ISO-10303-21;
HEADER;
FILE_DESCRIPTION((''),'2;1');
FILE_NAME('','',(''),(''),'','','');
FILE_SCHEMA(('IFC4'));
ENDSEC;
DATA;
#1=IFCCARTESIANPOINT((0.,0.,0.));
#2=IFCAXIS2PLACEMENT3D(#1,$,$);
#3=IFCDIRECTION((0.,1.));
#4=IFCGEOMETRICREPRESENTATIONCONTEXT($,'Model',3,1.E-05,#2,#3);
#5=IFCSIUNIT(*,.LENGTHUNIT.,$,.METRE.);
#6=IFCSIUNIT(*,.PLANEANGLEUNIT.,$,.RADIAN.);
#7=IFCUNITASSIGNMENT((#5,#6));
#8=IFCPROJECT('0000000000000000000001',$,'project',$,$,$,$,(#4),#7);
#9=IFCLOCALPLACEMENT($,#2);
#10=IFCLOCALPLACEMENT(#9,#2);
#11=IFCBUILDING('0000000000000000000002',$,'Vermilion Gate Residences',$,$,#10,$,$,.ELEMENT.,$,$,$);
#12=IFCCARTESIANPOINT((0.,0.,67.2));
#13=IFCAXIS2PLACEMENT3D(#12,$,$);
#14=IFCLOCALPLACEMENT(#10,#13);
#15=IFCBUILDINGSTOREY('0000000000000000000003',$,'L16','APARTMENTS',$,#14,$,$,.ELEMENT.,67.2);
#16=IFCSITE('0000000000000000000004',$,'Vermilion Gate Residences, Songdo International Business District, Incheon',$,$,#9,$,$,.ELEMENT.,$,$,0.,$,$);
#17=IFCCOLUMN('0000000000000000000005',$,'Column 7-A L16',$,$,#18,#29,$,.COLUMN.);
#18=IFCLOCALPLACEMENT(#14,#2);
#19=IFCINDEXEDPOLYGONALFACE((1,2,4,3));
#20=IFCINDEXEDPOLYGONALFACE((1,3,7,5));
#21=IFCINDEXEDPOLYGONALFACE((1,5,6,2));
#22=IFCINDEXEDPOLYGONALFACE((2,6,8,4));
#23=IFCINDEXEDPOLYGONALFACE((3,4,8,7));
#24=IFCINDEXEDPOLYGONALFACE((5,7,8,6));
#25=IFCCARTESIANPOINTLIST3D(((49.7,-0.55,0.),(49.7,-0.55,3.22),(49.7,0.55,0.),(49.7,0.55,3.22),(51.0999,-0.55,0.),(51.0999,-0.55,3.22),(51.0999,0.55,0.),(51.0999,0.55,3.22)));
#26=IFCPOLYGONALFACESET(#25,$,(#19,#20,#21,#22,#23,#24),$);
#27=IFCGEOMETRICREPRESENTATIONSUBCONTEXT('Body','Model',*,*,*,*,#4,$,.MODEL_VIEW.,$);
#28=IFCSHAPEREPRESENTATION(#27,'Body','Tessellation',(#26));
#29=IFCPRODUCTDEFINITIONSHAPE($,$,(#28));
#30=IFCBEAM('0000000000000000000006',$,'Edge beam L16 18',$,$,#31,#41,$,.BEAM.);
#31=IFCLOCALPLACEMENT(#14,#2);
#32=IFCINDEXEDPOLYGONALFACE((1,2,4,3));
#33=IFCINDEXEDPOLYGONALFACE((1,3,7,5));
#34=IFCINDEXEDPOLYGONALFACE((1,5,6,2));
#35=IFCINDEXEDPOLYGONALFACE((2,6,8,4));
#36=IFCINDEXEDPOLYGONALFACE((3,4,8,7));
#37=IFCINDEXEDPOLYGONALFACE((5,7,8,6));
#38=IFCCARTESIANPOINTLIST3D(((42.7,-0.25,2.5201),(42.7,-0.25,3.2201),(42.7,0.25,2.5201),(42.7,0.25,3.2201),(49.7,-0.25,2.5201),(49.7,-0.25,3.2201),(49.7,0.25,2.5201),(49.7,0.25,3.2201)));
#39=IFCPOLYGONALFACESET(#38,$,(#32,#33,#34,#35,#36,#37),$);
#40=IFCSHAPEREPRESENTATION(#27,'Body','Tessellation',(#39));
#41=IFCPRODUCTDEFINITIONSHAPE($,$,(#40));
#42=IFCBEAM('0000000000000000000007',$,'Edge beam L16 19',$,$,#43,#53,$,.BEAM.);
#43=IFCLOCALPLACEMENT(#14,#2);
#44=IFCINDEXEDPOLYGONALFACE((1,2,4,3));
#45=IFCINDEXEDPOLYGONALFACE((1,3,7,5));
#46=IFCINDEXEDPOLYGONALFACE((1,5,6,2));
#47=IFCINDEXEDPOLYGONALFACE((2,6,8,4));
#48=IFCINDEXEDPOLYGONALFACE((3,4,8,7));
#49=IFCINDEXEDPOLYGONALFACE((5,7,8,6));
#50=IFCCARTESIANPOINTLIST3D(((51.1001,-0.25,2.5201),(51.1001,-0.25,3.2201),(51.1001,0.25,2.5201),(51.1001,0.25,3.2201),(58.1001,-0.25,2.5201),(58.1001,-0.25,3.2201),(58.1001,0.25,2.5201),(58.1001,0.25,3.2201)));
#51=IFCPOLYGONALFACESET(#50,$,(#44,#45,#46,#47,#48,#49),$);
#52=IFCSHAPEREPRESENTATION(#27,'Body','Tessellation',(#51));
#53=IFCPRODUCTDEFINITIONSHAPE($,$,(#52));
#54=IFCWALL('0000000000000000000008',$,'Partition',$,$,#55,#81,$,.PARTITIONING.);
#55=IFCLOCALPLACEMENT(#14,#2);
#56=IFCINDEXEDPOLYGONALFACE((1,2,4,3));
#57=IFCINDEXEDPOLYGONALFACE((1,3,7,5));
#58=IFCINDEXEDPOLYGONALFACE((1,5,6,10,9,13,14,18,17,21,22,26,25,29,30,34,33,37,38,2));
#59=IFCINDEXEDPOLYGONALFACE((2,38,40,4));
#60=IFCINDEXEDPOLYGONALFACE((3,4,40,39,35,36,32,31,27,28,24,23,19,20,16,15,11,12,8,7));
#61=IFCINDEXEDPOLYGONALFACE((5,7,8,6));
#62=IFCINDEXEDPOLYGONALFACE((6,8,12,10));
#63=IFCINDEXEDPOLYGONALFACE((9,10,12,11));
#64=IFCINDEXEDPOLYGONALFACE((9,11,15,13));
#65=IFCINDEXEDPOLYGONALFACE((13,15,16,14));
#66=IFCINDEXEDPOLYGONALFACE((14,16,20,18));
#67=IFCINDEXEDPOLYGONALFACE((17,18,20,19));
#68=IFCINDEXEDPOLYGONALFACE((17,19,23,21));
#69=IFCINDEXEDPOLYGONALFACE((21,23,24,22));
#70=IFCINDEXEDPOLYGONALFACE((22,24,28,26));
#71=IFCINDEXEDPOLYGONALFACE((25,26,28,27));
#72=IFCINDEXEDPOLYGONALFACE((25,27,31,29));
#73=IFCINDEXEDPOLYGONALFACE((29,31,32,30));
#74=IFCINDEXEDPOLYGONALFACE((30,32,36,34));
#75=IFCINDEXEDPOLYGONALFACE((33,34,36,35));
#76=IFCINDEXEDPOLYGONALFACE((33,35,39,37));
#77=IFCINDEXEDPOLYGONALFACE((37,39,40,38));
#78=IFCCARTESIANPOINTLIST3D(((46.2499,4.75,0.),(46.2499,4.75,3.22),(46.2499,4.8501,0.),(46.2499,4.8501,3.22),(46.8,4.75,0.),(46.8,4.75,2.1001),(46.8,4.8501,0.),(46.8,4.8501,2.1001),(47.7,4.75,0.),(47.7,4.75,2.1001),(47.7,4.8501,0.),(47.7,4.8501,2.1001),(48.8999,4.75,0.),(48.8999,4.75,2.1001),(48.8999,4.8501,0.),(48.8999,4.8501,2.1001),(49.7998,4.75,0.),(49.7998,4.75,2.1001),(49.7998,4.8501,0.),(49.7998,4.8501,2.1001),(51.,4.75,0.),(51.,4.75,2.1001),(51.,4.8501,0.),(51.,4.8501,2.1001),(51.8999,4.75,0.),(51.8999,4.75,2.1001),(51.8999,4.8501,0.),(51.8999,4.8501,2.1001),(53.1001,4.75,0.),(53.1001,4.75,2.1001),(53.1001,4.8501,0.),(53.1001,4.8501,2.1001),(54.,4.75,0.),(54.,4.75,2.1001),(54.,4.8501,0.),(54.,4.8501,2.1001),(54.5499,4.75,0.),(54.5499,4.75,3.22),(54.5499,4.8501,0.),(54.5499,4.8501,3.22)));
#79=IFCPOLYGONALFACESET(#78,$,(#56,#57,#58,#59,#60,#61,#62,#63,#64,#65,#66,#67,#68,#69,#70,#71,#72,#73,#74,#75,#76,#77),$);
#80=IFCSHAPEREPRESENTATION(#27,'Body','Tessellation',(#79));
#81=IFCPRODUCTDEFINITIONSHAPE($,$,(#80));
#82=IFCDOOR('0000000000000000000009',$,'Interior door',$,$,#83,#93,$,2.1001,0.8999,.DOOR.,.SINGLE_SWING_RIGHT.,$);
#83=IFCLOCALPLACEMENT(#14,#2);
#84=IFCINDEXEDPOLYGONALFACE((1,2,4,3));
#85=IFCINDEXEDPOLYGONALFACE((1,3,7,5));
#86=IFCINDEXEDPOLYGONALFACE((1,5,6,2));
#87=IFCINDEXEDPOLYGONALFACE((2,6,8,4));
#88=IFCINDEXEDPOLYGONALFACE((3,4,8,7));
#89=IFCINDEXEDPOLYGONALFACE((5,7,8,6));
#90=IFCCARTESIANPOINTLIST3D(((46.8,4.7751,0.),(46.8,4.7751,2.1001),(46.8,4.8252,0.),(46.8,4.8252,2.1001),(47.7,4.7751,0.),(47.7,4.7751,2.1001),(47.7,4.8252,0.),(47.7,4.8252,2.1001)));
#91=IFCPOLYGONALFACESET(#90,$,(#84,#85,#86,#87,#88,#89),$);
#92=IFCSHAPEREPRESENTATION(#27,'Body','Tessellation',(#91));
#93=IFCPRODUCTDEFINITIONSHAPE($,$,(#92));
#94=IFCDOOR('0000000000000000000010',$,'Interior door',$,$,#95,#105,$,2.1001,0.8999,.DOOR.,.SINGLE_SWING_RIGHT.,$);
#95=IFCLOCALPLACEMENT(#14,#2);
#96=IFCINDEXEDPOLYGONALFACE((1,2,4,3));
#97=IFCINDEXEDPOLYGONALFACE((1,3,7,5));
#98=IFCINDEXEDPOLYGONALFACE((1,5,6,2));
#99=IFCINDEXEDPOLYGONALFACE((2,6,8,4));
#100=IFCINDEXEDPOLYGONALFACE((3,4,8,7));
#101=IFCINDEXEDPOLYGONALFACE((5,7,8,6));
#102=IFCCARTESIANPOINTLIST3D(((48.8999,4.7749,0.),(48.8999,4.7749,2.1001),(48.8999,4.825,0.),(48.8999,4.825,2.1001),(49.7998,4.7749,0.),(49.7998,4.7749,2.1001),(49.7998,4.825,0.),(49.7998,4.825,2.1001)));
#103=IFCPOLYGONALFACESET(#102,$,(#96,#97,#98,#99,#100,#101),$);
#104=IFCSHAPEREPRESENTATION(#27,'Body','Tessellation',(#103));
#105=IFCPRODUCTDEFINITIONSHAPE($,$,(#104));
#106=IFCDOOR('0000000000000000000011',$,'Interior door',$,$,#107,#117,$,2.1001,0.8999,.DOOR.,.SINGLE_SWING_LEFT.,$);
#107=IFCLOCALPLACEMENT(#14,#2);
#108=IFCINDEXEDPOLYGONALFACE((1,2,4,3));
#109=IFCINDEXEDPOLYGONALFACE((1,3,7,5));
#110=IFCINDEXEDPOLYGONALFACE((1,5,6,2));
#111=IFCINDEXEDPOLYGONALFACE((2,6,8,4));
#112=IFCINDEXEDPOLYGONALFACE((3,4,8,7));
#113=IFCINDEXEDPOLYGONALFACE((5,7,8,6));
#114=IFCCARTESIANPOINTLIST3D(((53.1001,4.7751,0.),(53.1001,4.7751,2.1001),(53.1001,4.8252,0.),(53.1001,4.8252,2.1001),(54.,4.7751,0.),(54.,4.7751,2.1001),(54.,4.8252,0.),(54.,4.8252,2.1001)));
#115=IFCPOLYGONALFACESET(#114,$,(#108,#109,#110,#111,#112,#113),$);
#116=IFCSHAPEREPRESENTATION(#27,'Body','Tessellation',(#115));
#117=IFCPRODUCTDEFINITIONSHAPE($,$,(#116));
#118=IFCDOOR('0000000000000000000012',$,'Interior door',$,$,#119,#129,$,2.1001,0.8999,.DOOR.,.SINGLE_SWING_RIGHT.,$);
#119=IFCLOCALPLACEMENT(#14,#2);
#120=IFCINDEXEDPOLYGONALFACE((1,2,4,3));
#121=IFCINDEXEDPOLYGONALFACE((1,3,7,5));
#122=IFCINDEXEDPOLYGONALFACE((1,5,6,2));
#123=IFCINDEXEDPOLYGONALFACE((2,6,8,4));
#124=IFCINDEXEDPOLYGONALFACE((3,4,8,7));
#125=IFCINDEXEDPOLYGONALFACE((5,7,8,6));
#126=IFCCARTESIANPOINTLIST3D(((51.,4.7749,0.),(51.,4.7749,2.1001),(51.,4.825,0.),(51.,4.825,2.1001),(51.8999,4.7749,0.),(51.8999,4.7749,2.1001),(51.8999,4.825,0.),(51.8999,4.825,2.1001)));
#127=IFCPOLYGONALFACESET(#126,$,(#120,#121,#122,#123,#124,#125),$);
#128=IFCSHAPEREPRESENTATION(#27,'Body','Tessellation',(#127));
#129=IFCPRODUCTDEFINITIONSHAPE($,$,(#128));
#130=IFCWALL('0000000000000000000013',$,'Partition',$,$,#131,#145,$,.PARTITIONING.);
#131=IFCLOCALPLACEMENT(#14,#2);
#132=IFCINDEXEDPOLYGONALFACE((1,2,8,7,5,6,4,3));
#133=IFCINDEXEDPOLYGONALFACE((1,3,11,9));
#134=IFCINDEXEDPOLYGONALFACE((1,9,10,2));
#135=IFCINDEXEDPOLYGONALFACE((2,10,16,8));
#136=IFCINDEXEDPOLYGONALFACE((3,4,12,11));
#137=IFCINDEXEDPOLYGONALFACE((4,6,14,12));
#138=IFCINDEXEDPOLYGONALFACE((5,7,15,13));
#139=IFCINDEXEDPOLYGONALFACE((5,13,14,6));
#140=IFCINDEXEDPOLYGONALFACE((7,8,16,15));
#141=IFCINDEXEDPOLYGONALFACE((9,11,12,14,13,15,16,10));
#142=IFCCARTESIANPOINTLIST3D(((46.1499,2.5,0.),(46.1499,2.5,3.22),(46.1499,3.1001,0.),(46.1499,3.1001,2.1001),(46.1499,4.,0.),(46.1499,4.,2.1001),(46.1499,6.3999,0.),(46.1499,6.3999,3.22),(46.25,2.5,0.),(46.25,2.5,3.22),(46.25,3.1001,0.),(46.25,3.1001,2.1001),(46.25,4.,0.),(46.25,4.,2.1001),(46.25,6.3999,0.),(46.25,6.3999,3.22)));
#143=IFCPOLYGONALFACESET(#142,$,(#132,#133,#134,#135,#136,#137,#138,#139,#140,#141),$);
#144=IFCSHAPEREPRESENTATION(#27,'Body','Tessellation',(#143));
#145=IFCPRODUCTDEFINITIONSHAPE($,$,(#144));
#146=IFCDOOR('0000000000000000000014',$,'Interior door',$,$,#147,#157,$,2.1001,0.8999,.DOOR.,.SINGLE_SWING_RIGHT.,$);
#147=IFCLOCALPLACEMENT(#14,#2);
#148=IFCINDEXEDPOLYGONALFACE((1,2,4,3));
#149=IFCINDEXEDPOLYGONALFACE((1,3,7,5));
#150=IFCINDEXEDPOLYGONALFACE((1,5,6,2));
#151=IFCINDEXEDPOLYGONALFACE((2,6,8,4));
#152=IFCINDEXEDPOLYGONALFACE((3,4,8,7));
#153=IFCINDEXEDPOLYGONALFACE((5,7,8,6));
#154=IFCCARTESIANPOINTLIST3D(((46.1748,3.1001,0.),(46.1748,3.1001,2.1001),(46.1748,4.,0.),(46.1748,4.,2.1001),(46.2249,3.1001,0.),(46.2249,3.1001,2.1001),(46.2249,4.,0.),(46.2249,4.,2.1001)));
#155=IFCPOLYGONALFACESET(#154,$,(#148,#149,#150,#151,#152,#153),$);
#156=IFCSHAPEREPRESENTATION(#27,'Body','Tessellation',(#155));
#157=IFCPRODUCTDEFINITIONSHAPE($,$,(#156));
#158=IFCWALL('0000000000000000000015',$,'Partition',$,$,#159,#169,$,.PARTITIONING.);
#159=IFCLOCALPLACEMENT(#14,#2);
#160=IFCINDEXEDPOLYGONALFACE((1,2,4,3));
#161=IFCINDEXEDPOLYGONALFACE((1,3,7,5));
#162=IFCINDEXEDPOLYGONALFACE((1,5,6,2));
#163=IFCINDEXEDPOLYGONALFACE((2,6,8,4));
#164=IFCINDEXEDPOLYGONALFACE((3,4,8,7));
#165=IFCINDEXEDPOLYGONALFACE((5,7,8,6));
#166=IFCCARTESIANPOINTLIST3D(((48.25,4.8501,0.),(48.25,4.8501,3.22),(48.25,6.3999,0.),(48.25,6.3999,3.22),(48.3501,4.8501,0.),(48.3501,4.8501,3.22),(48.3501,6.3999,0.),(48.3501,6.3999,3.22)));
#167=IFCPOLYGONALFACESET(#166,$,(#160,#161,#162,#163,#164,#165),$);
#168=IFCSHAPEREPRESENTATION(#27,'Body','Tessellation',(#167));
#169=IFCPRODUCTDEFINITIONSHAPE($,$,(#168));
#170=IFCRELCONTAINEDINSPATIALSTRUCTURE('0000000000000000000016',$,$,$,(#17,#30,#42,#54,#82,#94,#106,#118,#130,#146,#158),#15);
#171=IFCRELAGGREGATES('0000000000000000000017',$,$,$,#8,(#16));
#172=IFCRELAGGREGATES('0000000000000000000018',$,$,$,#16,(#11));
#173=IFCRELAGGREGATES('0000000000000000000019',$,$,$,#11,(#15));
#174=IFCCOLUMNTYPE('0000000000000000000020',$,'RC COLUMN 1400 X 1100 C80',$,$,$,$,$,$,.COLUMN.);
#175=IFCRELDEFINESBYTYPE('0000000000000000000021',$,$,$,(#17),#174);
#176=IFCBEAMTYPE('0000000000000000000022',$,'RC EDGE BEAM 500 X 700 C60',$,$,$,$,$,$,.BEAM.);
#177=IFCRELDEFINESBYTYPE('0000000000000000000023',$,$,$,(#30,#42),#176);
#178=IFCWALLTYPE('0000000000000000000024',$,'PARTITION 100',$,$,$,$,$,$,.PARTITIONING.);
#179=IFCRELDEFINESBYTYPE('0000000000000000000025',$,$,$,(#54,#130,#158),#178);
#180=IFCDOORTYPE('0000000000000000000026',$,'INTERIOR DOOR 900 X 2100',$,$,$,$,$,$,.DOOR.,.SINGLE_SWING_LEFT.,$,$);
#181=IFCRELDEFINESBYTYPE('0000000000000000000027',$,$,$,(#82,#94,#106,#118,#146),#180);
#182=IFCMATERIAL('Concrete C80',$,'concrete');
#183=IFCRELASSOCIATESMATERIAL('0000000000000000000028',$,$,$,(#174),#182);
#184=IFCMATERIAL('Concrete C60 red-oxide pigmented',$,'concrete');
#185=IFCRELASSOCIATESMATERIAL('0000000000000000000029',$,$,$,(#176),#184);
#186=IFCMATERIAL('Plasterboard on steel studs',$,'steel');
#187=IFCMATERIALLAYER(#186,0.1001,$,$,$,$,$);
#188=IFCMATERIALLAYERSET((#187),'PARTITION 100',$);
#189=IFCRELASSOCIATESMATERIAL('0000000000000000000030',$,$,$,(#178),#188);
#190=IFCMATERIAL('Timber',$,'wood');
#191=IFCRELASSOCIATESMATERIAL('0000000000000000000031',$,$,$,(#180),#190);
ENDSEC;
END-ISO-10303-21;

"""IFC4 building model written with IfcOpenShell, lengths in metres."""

from ifc_helpers import new_model, si_unit, direction, frame, frame_2d, origin, origin_2d, place, context, subcontext, project, spatial, rectangle, extrude, material, layer, layer_set, material_profile, profile_set, type_object, element, fill, save


model = new_model("IFC4")

# Units and contexts
model_context = context("Model", 3, precision=1e-05, world=origin(), true_north=direction((0.0, 1.0)))
body_context = subcontext(model_context, "Body", "Model", "MODEL_VIEW")
ifc_project = project(units=[si_unit("LENGTHUNIT", "METRE"), si_unit("PLANEANGLEUNIT", "RADIAN")], contexts=[model_context])

# Site, building, storey
site_placement = place(None, origin())
site = spatial("IfcSite", under=ifc_project, at=site_placement, Name="Vermilion Gate Residences, Songdo International Business District, Incheon", CompositionType="ELEMENT", RefElevation=0.0)
building_placement = place(site_placement, origin())
building = spatial("IfcBuilding", under=site, at=building_placement, Name="Vermilion Gate Residences", CompositionType="ELEMENT")
storey_placement = place(building_placement, frame((0.0, 0.0, 67.2)))
storey = spatial("IfcBuildingStorey", under=building, at=storey_placement, Name="L16", Description="APARTMENTS", CompositionType="ELEMENT", Elevation=67.2)

# Column
ifc_material_1 = material(Name="Concrete C80", Category="concrete")
ifc_material_profile_1 = material_profile(ifc_material_1, rectangle(XDim=1.3999, YDim=1.1001, at=origin_2d()), Name="RC-1400x1100")
ifc_profile_set_1 = profile_set([ifc_material_profile_1], Name="Concrete C80")
column_type = type_object("IfcColumnType", Name="RC COLUMN 1400 X 1100 C80", PredefinedType="COLUMN", material=ifc_profile_set_1)
column_placement = place(storey_placement, frame((50.3999, 0.0, 0.0), z_axis=(0.0, 0.0, 1.0), x_axis=(1.0, 0.0, 0.0)))
element("IfcColumn", 1, at=column_placement, inside=storey, type_object=column_type, Name="Column 7-A L16", PredefinedType="COLUMN", context=body_context, shape_type="SweptSolid", body=[
    extrude(rectangle(XDim=1.3999, YDim=1.1001, at=origin_2d()), origin(), (0.0, 0.0, 1.0), 3.22),
])

# Beams
ifc_material_2 = material(Name="Concrete C60 red-oxide pigmented", Category="concrete")
ifc_material_profile_2 = material_profile(ifc_material_2, rectangle(XDim=0.5, YDim=0.7, at=origin_2d()), Name="RC-500x700")
ifc_profile_set_2 = profile_set([ifc_material_profile_2], Name="Concrete C60 red-oxide pigmented")
beam_type = type_object("IfcBeamType", Name="RC EDGE BEAM 500 X 700 C60", PredefinedType="BEAM", material=ifc_profile_set_2)
for number, where, z_axis, x_axis, name in (
    (2, (42.7, 0.0, 2.8701), (1.0, 0.0, 0.0), (0.0, 1.0, 0.0), "Edge beam L16 18"),
    (3, (51.1001, 0.0, 2.8701), (1.0, 0.0, 0.0), (0.0, 1.0, 0.0), "Edge beam L16 19"),
):
    element("IfcBeam", number, at=place(storey_placement, frame(where, z_axis=z_axis, x_axis=x_axis)), inside=storey, type_object=beam_type, Name=name, PredefinedType="BEAM", context=body_context, shape_type="SweptSolid", body=[
        extrude(rectangle(XDim=0.5, YDim=0.7, at=origin_2d()), origin(), (0.0, 0.0, 1.0), 7.0),
    ])

# Wall, openings, doors
ifc_material_3 = material(Name="Plasterboard on steel studs", Category="steel")
ifc_layer_1 = layer(ifc_material_3, 0.1001)
ifc_layer_set_1 = layer_set([ifc_layer_1], Name="PARTITION 100")
wall_type_1 = type_object("IfcWallType", Name="PARTITION 100", PredefinedType="PARTITIONING", material=ifc_layer_set_1)
wall_1_placement = place(storey_placement, frame((46.25, 4.8, 0.0), z_axis=(0.0, 0.0, 1.0), x_axis=(1.0, 0.0, 0.0)))
wall_1 = element("IfcWall", 4, at=wall_1_placement, inside=storey, type_object=wall_type_1, Name="Partition", PredefinedType="PARTITIONING", context=body_context, shape_type="SweptSolid", body=[
    extrude(rectangle(XDim=8.3, YDim=0.1001, at=frame_2d((4.1499, 0.0))), origin(), (0.0, 0.0, 1.0), 3.22),
])
opening_1_placement = place(wall_1_placement, frame((0.55, 0.0, 0.0)))
opening_1 = element("IfcOpeningElement", 5, at=opening_1_placement, cuts=wall_1, PredefinedType="OPENING", context=body_context, shape_type="SweptSolid", body=[
    extrude(rectangle(XDim=0.8999, YDim=2.1001, at=frame_2d((0.45, 1.05))), frame((0.0, 0.0601, 0.0), z_axis=(0.0, -1.0, 0.0), x_axis=(1.0, 0.0, 0.0)), (0.0, 0.0, 1.0), 0.1201),
])
opening_2_placement = place(wall_1_placement, frame((2.6499, 0.0, 0.0)))
opening_2 = element("IfcOpeningElement", 6, at=opening_2_placement, cuts=wall_1, PredefinedType="OPENING", context=body_context, shape_type="SweptSolid", body=[
    extrude(rectangle(XDim=0.8999, YDim=2.1001, at=frame_2d((0.45, 1.05))), frame((0.0, 0.0601, 0.0), z_axis=(0.0, -1.0, 0.0), x_axis=(1.0, 0.0, 0.0)), (0.0, 0.0, 1.0), 0.1201),
])
opening_3_placement = place(wall_1_placement, frame((6.8501, 0.0, 0.0)))
opening_3 = element("IfcOpeningElement", 7, at=opening_3_placement, cuts=wall_1, PredefinedType="OPENING", context=body_context, shape_type="SweptSolid", body=[
    extrude(rectangle(XDim=0.8999, YDim=2.1001, at=frame_2d((0.45, 1.05))), frame((0.0, 0.0601, 0.0), z_axis=(0.0, -1.0, 0.0), x_axis=(1.0, 0.0, 0.0)), (0.0, 0.0, 1.0), 0.1201),
])
opening_4_placement = place(wall_1_placement, frame((4.75, 0.0, 0.0)))
opening_4 = element("IfcOpeningElement", 8, at=opening_4_placement, cuts=wall_1, PredefinedType="OPENING", context=body_context, shape_type="SweptSolid", body=[
    extrude(rectangle(XDim=0.8999, YDim=2.1001, at=frame_2d((0.45, 1.05))), frame((0.0, 0.0601, 0.0), z_axis=(0.0, -1.0, 0.0), x_axis=(1.0, 0.0, 0.0)), (0.0, 0.0, 1.0), 0.1201),
])
ifc_material_4 = material(Name="Timber", Category="wood")
door_type = type_object("IfcDoorType", Name="INTERIOR DOOR 900 X 2100", OperationType="SINGLE_SWING_LEFT", PredefinedType="DOOR", material=ifc_material_4)
door_1_placement = place(opening_1_placement, frame((0.8999, 0.0, 0.0), z_axis=(0.0, 0.0, 1.0), x_axis=(-1.0, 0.0, 0.0)))
door_1 = element("IfcDoor", 9, at=door_1_placement, inside=storey, type_object=door_type, Name="Interior door", OperationType="SINGLE_SWING_RIGHT", OverallHeight=2.1001, OverallWidth=0.8999, PredefinedType="DOOR", context=body_context, shape_type="SweptSolid", body=[
    extrude(rectangle(XDim=0.8999, YDim=2.1001, at=frame_2d((0.45, 1.05))), frame((0.0, 0.0249, 0.0), z_axis=(0.0, -1.0, 0.0), x_axis=(1.0, 0.0, 0.0)), (0.0, 0.0, 1.0), 0.05),
])
fill(opening_1, door_1)
door_2_placement = place(opening_2_placement, origin())
door_2 = element("IfcDoor", 10, at=door_2_placement, inside=storey, type_object=door_type, Name="Interior door", OperationType="SINGLE_SWING_RIGHT", OverallHeight=2.1001, OverallWidth=0.8999, PredefinedType="DOOR", context=body_context, shape_type="SweptSolid", body=[
    extrude(rectangle(XDim=0.8999, YDim=2.1001, at=frame_2d((0.45, 1.05))), frame((0.0, 0.0249, 0.0), z_axis=(0.0, -1.0, 0.0), x_axis=(1.0, 0.0, 0.0)), (0.0, 0.0, 1.0), 0.05),
])
fill(opening_2, door_2)
door_3_placement = place(opening_3_placement, frame((0.8999, 0.0, 0.0), z_axis=(0.0, 0.0, 1.0), x_axis=(-1.0, 0.0, 0.0)))
door_3 = element("IfcDoor", 11, at=door_3_placement, inside=storey, type_object=door_type, Name="Interior door", OperationType="SINGLE_SWING_LEFT", OverallHeight=2.1001, OverallWidth=0.8999, PredefinedType="DOOR", context=body_context, shape_type="SweptSolid", body=[
    extrude(rectangle(XDim=0.8999, YDim=2.1001, at=frame_2d((0.45, 1.05))), frame((0.0, 0.0249, 0.0), z_axis=(0.0, -1.0, 0.0), x_axis=(1.0, 0.0, 0.0)), (0.0, 0.0, 1.0), 0.05),
])
fill(opening_3, door_3)
door_4_placement = place(opening_4_placement, origin())
door_4 = element("IfcDoor", 12, at=door_4_placement, inside=storey, type_object=door_type, Name="Interior door", OperationType="SINGLE_SWING_RIGHT", OverallHeight=2.1001, OverallWidth=0.8999, PredefinedType="DOOR", context=body_context, shape_type="SweptSolid", body=[
    extrude(rectangle(XDim=0.8999, YDim=2.1001, at=frame_2d((0.45, 1.05))), frame((0.0, 0.0249, 0.0), z_axis=(0.0, -1.0, 0.0), x_axis=(1.0, 0.0, 0.0)), (0.0, 0.0, 1.0), 0.05),
])
fill(opening_4, door_4)

# Wall, opening, door
wall_2_placement = place(storey_placement, frame((46.2, 2.5, 0.0), z_axis=(0.0, 0.0, 1.0), x_axis=(0.0, 1.0, 0.0)))
wall_2 = element("IfcWall", 13, at=wall_2_placement, inside=storey, type_object=wall_type_1, Name="Partition", PredefinedType="PARTITIONING", context=body_context, shape_type="SweptSolid", body=[
    extrude(rectangle(XDim=3.8999, YDim=0.1001, at=frame_2d((1.95, 0.0))), origin(), (0.0, 0.0, 1.0), 3.22),
])
opening_5_placement = place(wall_2_placement, frame((0.6001, 0.0, 0.0)))
opening_5 = element("IfcOpeningElement", 14, at=opening_5_placement, cuts=wall_2, PredefinedType="OPENING", context=body_context, shape_type="SweptSolid", body=[
    extrude(rectangle(XDim=0.8999, YDim=2.1001, at=frame_2d((0.45, 1.05))), frame((0.0, 0.0601, 0.0), z_axis=(0.0, -1.0, 0.0), x_axis=(1.0, 0.0, 0.0)), (0.0, 0.0, 1.0), 0.1201),
])
door_5_placement = place(opening_5_placement, frame((0.8999, 0.0, 0.0), z_axis=(0.0, 0.0, 1.0), x_axis=(-1.0, 0.0, 0.0)))
door_5 = element("IfcDoor", 15, at=door_5_placement, inside=storey, type_object=door_type, Name="Interior door", OperationType="SINGLE_SWING_RIGHT", OverallHeight=2.1001, OverallWidth=0.8999, PredefinedType="DOOR", context=body_context, shape_type="SweptSolid", body=[
    extrude(rectangle(XDim=0.8999, YDim=2.1001, at=frame_2d((0.45, 1.05))), frame((0.0, 0.0249, 0.0), z_axis=(0.0, -1.0, 0.0), x_axis=(1.0, 0.0, 0.0)), (0.0, 0.0, 1.0), 0.05),
])
fill(opening_5, door_5)

# Wall
for number, where, z_axis, x_axis, name in (
    (16, (48.3, 4.8501, 0.0), (0.0, 0.0, 1.0), (0.0, 1.0, 0.0), "Partition"),
):
    element("IfcWall", number, at=place(storey_placement, frame(where, z_axis=z_axis, x_axis=x_axis)), inside=storey, type_object=wall_type_1, Name=name, PredefinedType="PARTITIONING", context=body_context, shape_type="SweptSolid", body=[
        extrude(rectangle(XDim=1.5498, YDim=0.1001, at=frame_2d((0.7749, 0.0))), origin(), (0.0, 0.0, 1.0), 3.22),
    ])

save(model, "model.ifc")
